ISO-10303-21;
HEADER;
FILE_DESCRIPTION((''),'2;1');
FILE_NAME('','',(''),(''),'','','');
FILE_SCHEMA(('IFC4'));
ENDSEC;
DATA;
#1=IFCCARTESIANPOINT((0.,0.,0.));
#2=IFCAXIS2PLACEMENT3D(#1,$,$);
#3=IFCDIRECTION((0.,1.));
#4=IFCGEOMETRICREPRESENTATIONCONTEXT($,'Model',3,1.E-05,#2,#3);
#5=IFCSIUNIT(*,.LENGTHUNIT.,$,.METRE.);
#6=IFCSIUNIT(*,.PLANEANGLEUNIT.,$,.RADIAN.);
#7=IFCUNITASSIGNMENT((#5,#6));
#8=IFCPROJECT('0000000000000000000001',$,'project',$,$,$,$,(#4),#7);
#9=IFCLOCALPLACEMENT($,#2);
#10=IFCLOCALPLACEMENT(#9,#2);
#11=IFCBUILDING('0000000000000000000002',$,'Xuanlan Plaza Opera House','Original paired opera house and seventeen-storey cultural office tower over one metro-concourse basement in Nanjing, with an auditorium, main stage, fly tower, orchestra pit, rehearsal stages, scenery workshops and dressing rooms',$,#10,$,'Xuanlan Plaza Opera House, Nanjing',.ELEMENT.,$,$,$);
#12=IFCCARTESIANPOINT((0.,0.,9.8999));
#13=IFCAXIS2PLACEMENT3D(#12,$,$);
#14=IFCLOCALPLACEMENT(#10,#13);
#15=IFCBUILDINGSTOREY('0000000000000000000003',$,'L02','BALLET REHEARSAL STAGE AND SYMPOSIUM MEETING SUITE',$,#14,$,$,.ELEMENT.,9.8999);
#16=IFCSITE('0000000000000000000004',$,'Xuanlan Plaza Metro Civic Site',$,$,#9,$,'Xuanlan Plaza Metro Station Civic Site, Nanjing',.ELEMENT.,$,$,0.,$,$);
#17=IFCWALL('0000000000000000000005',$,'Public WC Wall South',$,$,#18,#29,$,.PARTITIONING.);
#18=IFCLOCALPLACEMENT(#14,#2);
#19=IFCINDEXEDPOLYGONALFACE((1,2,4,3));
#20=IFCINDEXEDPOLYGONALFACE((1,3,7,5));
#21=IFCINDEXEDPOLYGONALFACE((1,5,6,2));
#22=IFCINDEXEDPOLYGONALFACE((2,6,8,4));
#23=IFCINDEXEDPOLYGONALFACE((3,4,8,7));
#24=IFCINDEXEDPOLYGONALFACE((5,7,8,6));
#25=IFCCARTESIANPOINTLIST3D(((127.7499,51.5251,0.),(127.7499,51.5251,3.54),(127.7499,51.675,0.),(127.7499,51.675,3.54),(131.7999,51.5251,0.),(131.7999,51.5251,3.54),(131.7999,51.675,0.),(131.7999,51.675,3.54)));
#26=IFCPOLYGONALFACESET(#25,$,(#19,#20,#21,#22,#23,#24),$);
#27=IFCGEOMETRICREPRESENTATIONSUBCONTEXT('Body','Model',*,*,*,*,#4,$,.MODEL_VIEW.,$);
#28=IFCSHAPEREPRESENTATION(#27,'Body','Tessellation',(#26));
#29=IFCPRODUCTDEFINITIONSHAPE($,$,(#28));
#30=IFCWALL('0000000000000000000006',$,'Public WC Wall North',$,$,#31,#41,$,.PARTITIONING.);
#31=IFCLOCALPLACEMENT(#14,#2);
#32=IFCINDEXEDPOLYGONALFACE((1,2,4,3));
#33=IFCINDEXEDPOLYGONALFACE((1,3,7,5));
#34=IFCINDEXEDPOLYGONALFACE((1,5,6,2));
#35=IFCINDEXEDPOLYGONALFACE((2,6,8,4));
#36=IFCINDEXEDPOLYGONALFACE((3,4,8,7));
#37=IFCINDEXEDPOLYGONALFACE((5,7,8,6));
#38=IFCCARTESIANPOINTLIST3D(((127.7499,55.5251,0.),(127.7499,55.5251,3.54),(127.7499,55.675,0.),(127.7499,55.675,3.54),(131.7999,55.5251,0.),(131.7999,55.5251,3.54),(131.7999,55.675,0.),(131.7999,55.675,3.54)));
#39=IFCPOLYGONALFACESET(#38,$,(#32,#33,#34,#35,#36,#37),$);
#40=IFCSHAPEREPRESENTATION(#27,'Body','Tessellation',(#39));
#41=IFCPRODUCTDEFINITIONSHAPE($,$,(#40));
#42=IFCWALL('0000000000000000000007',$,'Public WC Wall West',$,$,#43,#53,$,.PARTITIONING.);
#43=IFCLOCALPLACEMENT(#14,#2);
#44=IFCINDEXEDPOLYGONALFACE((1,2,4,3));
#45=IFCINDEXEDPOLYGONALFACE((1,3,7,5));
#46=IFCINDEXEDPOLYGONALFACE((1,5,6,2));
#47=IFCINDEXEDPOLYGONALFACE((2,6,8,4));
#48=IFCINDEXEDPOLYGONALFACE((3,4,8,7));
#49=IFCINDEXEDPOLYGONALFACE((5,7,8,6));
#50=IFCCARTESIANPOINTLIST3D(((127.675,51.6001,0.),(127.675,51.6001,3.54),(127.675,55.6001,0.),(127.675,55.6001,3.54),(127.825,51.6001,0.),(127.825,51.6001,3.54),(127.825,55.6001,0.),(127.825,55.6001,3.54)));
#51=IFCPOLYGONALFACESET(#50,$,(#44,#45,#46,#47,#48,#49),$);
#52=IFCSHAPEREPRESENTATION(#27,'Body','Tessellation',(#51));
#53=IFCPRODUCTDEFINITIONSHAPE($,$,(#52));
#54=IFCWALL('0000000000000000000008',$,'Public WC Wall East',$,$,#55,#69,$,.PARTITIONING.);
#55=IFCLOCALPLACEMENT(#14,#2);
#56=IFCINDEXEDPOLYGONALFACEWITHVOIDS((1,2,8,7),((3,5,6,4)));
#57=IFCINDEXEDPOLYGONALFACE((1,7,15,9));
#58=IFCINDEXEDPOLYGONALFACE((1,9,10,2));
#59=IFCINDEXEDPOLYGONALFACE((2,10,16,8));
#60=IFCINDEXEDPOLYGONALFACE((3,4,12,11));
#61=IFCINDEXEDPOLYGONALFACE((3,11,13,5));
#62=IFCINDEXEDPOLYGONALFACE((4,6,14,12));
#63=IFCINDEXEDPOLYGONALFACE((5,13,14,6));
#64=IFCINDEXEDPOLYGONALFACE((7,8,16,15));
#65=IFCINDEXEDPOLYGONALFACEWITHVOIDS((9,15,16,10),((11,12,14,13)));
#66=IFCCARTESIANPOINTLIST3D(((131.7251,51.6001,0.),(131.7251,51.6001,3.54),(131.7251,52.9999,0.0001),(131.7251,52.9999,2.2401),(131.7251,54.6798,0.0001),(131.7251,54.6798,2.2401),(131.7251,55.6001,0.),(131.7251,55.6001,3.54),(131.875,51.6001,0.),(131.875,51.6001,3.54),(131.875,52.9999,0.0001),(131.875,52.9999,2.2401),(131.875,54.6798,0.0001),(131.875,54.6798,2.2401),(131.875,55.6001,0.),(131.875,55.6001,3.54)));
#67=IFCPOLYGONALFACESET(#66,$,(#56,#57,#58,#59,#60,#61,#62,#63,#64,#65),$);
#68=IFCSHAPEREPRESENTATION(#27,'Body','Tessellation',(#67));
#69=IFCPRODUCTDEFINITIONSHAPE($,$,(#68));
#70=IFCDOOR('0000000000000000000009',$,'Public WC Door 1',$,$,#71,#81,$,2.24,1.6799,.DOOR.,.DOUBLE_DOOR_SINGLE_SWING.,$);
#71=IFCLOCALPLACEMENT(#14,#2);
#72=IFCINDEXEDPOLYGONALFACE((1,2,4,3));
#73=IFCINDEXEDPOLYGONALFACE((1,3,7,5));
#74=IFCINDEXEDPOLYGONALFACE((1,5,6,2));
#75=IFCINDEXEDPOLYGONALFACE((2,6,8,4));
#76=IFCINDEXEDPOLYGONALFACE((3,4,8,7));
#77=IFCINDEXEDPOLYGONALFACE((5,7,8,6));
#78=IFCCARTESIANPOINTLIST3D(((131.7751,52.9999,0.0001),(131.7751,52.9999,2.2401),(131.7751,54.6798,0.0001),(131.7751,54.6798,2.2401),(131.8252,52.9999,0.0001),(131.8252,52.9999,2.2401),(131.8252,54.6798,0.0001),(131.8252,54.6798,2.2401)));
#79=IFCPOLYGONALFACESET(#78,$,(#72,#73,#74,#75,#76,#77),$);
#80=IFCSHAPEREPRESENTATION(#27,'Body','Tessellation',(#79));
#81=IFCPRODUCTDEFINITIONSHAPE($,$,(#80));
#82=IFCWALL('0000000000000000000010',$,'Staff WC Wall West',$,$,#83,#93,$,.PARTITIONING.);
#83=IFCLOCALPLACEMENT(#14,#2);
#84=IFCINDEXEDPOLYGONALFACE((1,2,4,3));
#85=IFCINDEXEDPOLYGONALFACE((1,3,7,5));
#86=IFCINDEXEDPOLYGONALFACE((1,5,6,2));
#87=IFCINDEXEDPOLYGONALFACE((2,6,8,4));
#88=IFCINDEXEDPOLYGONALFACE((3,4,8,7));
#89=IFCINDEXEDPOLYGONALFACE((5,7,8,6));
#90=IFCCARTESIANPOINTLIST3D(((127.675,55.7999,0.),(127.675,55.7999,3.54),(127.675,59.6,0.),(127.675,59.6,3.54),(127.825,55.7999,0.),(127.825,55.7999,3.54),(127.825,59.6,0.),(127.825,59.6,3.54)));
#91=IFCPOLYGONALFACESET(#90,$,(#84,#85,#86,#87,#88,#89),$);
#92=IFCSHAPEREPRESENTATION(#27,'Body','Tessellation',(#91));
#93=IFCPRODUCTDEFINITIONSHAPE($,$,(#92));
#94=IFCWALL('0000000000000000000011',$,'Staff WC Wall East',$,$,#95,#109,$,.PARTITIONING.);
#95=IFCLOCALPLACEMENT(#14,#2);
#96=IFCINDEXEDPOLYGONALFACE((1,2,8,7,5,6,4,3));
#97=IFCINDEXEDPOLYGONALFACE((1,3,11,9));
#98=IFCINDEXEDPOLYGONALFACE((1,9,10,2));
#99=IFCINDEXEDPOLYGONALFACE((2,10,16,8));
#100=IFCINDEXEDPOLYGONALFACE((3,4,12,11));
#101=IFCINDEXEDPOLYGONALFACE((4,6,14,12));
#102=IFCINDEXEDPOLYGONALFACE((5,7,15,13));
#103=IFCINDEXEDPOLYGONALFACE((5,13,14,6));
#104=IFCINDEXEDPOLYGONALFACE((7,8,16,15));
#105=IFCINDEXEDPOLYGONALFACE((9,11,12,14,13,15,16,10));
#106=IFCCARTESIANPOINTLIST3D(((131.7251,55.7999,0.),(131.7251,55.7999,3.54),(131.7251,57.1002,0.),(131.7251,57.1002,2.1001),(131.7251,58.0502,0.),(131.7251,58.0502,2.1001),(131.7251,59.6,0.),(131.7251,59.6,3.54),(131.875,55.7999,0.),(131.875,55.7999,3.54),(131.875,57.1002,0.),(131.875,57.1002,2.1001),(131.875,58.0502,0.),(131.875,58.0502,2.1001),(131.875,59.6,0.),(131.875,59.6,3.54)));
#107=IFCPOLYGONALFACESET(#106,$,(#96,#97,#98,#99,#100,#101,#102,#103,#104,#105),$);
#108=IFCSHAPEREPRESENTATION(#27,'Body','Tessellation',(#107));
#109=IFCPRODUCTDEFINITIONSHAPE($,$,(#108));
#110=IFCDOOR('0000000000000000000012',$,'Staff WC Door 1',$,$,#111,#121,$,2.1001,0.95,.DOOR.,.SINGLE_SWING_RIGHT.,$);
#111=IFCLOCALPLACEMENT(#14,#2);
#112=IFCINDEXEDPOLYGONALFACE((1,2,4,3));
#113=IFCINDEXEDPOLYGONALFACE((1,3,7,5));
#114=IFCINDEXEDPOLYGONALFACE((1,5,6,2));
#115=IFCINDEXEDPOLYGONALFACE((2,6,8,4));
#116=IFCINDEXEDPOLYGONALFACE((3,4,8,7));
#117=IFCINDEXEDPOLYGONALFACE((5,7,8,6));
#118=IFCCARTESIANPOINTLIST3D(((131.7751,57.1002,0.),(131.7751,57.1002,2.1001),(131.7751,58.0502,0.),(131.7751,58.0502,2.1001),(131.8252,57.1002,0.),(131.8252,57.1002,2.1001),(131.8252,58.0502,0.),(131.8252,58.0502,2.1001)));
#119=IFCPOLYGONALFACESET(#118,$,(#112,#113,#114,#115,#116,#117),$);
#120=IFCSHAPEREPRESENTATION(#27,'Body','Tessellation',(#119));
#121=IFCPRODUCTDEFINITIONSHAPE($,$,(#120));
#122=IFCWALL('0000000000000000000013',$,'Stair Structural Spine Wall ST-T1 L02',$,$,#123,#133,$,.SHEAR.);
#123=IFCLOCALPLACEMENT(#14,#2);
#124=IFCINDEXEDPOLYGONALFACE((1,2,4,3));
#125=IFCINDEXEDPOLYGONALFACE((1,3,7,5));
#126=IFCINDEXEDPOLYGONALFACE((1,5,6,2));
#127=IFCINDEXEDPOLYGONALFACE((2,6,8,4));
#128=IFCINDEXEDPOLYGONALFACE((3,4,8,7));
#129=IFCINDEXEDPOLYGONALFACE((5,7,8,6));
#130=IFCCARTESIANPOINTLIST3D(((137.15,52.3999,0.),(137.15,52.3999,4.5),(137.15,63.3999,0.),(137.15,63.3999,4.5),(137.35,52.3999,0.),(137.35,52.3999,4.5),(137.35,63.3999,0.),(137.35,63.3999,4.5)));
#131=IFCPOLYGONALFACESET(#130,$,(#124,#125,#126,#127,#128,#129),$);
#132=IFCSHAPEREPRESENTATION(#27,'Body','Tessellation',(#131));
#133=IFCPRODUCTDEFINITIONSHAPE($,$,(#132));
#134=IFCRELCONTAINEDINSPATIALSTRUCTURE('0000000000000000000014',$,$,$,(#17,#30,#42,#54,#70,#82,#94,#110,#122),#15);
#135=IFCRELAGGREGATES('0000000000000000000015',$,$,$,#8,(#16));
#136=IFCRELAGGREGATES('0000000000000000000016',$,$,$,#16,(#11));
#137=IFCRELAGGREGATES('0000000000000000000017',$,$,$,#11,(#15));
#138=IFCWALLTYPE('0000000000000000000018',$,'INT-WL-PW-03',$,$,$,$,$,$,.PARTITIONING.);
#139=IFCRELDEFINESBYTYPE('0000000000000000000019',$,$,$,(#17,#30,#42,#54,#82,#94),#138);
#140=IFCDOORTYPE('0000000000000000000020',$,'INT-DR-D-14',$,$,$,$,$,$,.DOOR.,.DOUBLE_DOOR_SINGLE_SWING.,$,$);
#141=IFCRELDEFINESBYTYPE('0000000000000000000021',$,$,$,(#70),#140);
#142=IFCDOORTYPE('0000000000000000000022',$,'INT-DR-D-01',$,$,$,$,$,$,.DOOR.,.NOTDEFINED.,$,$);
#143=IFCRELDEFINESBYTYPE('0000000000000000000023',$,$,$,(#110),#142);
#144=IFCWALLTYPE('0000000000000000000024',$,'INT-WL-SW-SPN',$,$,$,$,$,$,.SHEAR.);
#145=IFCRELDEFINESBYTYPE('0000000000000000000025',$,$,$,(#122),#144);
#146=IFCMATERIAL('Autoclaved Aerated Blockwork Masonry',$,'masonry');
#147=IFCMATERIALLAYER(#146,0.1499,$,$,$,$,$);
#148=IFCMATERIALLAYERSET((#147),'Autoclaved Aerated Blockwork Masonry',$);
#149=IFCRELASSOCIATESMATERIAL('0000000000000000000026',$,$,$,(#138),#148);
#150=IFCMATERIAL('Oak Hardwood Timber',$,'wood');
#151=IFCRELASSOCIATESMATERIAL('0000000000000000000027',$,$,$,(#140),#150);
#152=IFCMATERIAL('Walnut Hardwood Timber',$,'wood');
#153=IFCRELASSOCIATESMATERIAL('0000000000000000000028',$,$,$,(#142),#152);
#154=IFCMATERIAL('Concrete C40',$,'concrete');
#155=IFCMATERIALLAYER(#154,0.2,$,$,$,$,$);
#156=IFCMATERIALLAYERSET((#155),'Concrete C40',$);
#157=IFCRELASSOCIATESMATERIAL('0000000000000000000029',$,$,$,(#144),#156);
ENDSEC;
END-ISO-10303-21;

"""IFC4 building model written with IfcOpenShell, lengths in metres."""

from ifc_helpers import new_model, si_unit, direction, frame, frame_2d, origin, place, context, subcontext, project, spatial, rectangle, extrude, material, layer, layer_set, type_object, element, fill, save


model = new_model("IFC4")

# Units and contexts
model_context = context("Model", 3, precision=1e-05, world=origin(), true_north=direction((0.0, 1.0)))
body_context = subcontext(model_context, "Body", "Model", "MODEL_VIEW")
ifc_project = project(units=[si_unit("LENGTHUNIT", "METRE"), si_unit("PLANEANGLEUNIT", "RADIAN")], contexts=[model_context])

# Site, building, storey
site_placement = place(None, origin())
site = spatial("IfcSite", under=ifc_project, at=site_placement, Name="Xuanlan Plaza Metro Civic Site", LongName="Xuanlan Plaza Metro Station Civic Site, Nanjing", CompositionType="ELEMENT", RefElevation=0.0)
building_placement = place(site_placement, origin())
building = spatial("IfcBuilding", under=site, at=building_placement, Name="Xuanlan Plaza Opera House", Description="Original paired opera house and seventeen-storey cultural office tower over one metro-concourse basement in Nanjing, with an auditorium, main stage, fly tower, orchestra pit, rehearsal stages, scenery workshops and dressing rooms", LongName="Xuanlan Plaza Opera House, Nanjing", CompositionType="ELEMENT")
storey_placement = place(building_placement, frame((0.0, 0.0, 9.8999)))
storey = spatial("IfcBuildingStorey", under=building, at=storey_placement, Name="L02", Description="BALLET REHEARSAL STAGE AND SYMPOSIUM MEETING SUITE", CompositionType="ELEMENT", Elevation=9.8999)

# Shared definitions
ifc_material_1 = material(Name="Concrete C40", Category="concrete")

# Walls
ifc_material_2 = material(Name="Autoclaved Aerated Blockwork Masonry", Category="masonry")
ifc_layer_1 = layer(ifc_material_2, 0.1499)
ifc_layer_set_1 = layer_set([ifc_layer_1], Name="Autoclaved Aerated Blockwork Masonry")
wall_type_1 = type_object("IfcWallType", Name="INT-WL-PW-03", PredefinedType="PARTITIONING", material=ifc_layer_set_1)
for number, where, z_axis, x_axis, name in (
    (1, (127.75, 51.6001, 0.0), (0.0, 0.0, 1.0), (1.0, 0.0, 0.0), "Public WC Wall South"),
    (2, (127.75, 55.6001, 0.0), (0.0, 0.0, 1.0), (1.0, 0.0, 0.0), "Public WC Wall North"),
):
    element("IfcWall", number, at=place(storey_placement, frame(where, z_axis=z_axis, x_axis=x_axis)), inside=storey, type_object=wall_type_1, Name=name, PredefinedType="PARTITIONING", context=body_context, shape_type="SweptSolid", body=[
        extrude(rectangle(XDim=4.05, YDim=0.1499, at=frame_2d((2.0249, 0.0))), origin(), (0.0, 0.0, 1.0), 3.54),
    ])
wall_1_placement = place(storey_placement, frame((127.75, 51.6001, 0.0), z_axis=(0.0, 0.0, 1.0), x_axis=(0.0, 1.0, 0.0)))
element("IfcWall", 3, at=wall_1_placement, inside=storey, type_object=wall_type_1, Name="Public WC Wall West", PredefinedType="PARTITIONING", context=body_context, shape_type="SweptSolid", body=[
    extrude(rectangle(XDim=4.0, YDim=0.1499, at=frame_2d((2.0, 0.0))), origin(), (0.0, 0.0, 1.0), 3.54),
])

# Wall, opening, door
wall_2_placement = place(storey_placement, frame((131.8, 51.6001, 0.0), z_axis=(0.0, 0.0, 1.0), x_axis=(0.0, 1.0, 0.0)))
wall_2 = element("IfcWall", 4, at=wall_2_placement, inside=storey, type_object=wall_type_1, Name="Public WC Wall East", PredefinedType="PARTITIONING", context=body_context, shape_type="SweptSolid", body=[
    extrude(rectangle(XDim=4.0, YDim=0.1499, at=frame_2d((2.0, 0.0))), origin(), (0.0, 0.0, 1.0), 3.54),
])
opening_1_placement = place(wall_2_placement, frame((1.3999, 0.0, 0.0)))
opening_1 = element("IfcOpeningElement", 5, at=opening_1_placement, cuts=wall_2, PredefinedType="OPENING", context=body_context, shape_type="SweptSolid", body=[
    extrude(rectangle(XDim=1.6799, YDim=2.24, at=frame_2d((0.8398, 1.1201))), frame((0.0, 0.085, 0.0), z_axis=(0.0, -1.0, 0.0), x_axis=(1.0, 0.0, 0.0)), (0.0, 0.0, 1.0), 0.1699),
])
ifc_material_3 = material(Name="Oak Hardwood Timber", Category="wood")
door_type_1 = type_object("IfcDoorType", Name="INT-DR-D-14", OperationType="DOUBLE_DOOR_SINGLE_SWING", PredefinedType="DOOR", material=ifc_material_3)
door_1_placement = place(opening_1_placement, origin())
door_1 = element("IfcDoor", 6, at=door_1_placement, inside=storey, type_object=door_type_1, Name="Public WC Door 1", OperationType="DOUBLE_DOOR_SINGLE_SWING", OverallHeight=2.24, OverallWidth=1.6799, PredefinedType="DOOR", context=body_context, shape_type="SweptSolid", body=[
    extrude(rectangle(XDim=1.6799, YDim=2.24, at=frame_2d((0.8398, 1.1201))), frame((0.0, 0.0249, 0.0), z_axis=(0.0, -1.0, 0.0), x_axis=(1.0, 0.0, 0.0)), (0.0, 0.0, 1.0), 0.05),
])
fill(opening_1, door_1)

# Wall
wall_3_placement = place(storey_placement, frame((127.75, 55.8, 0.0), z_axis=(0.0, 0.0, 1.0), x_axis=(0.0, 1.0, 0.0)))
element("IfcWall", 7, at=wall_3_placement, inside=storey, type_object=wall_type_1, Name="Staff WC Wall West", PredefinedType="PARTITIONING", context=body_context, shape_type="SweptSolid", body=[
    extrude(rectangle(XDim=3.8, YDim=0.1499, at=frame_2d((1.8999, 0.0))), origin(), (0.0, 0.0, 1.0), 3.54),
])

# Wall, opening, door
wall_4_placement = place(storey_placement, frame((131.8, 55.8, 0.0), z_axis=(0.0, 0.0, 1.0), x_axis=(0.0, 1.0, 0.0)))
wall_4 = element("IfcWall", 8, at=wall_4_placement, inside=storey, type_object=wall_type_1, Name="Staff WC Wall East", PredefinedType="PARTITIONING", context=body_context, shape_type="SweptSolid", body=[
    extrude(rectangle(XDim=3.8, YDim=0.1499, at=frame_2d((1.8999, 0.0))), origin(), (0.0, 0.0, 1.0), 3.54),
])
opening_2_placement = place(wall_4_placement, frame((1.3, 0.0, 0.0)))
opening_2 = element("IfcOpeningElement", 9, at=opening_2_placement, cuts=wall_4, PredefinedType="OPENING", context=body_context, shape_type="SweptSolid", body=[
    extrude(rectangle(XDim=0.95, YDim=2.1001, at=frame_2d((0.4751, 1.05))), frame((0.0, 0.085, 0.0), z_axis=(0.0, -1.0, 0.0), x_axis=(1.0, 0.0, 0.0)), (0.0, 0.0, 1.0), 0.1699),
])
ifc_material_4 = material(Name="Walnut Hardwood Timber", Category="wood")
door_type_2 = type_object("IfcDoorType", Name="INT-DR-D-01", OperationType="NOTDEFINED", PredefinedType="DOOR", material=ifc_material_4)
door_2_placement = place(opening_2_placement, origin())
door_2 = element("IfcDoor", 10, at=door_2_placement, inside=storey, type_object=door_type_2, Name="Staff WC Door 1", OperationType="SINGLE_SWING_RIGHT", OverallHeight=2.1001, OverallWidth=0.95, PredefinedType="DOOR", context=body_context, shape_type="SweptSolid", body=[
    extrude(rectangle(XDim=0.95, YDim=2.1001, at=frame_2d((0.4751, 1.05))), frame((0.0, 0.0249, 0.0), z_axis=(0.0, -1.0, 0.0), x_axis=(1.0, 0.0, 0.0)), (0.0, 0.0, 1.0), 0.05),
])
fill(opening_2, door_2)

# Wall
ifc_layer_2 = layer(ifc_material_1, 0.2)
ifc_layer_set_2 = layer_set([ifc_layer_2], Name="Concrete C40")
wall_type_2 = type_object("IfcWallType", Name="INT-WL-SW-SPN", PredefinedType="SHEAR", material=ifc_layer_set_2)
wall_5_placement = place(storey_placement, frame((137.25, 52.3999, 0.0), z_axis=(0.0, 0.0, 1.0), x_axis=(0.0, 1.0, 0.0)))
element("IfcWall", 11, at=wall_5_placement, inside=storey, type_object=wall_type_2, Name="Stair Structural Spine Wall ST-T1 L02", PredefinedType="SHEAR", context=body_context, shape_type="SweptSolid", body=[
    extrude(rectangle(XDim=11.0, YDim=0.2, at=frame_2d((5.5, 0.0))), origin(), (0.0, 0.0, 1.0), 4.5),
])

save(model, "model.ifc")
